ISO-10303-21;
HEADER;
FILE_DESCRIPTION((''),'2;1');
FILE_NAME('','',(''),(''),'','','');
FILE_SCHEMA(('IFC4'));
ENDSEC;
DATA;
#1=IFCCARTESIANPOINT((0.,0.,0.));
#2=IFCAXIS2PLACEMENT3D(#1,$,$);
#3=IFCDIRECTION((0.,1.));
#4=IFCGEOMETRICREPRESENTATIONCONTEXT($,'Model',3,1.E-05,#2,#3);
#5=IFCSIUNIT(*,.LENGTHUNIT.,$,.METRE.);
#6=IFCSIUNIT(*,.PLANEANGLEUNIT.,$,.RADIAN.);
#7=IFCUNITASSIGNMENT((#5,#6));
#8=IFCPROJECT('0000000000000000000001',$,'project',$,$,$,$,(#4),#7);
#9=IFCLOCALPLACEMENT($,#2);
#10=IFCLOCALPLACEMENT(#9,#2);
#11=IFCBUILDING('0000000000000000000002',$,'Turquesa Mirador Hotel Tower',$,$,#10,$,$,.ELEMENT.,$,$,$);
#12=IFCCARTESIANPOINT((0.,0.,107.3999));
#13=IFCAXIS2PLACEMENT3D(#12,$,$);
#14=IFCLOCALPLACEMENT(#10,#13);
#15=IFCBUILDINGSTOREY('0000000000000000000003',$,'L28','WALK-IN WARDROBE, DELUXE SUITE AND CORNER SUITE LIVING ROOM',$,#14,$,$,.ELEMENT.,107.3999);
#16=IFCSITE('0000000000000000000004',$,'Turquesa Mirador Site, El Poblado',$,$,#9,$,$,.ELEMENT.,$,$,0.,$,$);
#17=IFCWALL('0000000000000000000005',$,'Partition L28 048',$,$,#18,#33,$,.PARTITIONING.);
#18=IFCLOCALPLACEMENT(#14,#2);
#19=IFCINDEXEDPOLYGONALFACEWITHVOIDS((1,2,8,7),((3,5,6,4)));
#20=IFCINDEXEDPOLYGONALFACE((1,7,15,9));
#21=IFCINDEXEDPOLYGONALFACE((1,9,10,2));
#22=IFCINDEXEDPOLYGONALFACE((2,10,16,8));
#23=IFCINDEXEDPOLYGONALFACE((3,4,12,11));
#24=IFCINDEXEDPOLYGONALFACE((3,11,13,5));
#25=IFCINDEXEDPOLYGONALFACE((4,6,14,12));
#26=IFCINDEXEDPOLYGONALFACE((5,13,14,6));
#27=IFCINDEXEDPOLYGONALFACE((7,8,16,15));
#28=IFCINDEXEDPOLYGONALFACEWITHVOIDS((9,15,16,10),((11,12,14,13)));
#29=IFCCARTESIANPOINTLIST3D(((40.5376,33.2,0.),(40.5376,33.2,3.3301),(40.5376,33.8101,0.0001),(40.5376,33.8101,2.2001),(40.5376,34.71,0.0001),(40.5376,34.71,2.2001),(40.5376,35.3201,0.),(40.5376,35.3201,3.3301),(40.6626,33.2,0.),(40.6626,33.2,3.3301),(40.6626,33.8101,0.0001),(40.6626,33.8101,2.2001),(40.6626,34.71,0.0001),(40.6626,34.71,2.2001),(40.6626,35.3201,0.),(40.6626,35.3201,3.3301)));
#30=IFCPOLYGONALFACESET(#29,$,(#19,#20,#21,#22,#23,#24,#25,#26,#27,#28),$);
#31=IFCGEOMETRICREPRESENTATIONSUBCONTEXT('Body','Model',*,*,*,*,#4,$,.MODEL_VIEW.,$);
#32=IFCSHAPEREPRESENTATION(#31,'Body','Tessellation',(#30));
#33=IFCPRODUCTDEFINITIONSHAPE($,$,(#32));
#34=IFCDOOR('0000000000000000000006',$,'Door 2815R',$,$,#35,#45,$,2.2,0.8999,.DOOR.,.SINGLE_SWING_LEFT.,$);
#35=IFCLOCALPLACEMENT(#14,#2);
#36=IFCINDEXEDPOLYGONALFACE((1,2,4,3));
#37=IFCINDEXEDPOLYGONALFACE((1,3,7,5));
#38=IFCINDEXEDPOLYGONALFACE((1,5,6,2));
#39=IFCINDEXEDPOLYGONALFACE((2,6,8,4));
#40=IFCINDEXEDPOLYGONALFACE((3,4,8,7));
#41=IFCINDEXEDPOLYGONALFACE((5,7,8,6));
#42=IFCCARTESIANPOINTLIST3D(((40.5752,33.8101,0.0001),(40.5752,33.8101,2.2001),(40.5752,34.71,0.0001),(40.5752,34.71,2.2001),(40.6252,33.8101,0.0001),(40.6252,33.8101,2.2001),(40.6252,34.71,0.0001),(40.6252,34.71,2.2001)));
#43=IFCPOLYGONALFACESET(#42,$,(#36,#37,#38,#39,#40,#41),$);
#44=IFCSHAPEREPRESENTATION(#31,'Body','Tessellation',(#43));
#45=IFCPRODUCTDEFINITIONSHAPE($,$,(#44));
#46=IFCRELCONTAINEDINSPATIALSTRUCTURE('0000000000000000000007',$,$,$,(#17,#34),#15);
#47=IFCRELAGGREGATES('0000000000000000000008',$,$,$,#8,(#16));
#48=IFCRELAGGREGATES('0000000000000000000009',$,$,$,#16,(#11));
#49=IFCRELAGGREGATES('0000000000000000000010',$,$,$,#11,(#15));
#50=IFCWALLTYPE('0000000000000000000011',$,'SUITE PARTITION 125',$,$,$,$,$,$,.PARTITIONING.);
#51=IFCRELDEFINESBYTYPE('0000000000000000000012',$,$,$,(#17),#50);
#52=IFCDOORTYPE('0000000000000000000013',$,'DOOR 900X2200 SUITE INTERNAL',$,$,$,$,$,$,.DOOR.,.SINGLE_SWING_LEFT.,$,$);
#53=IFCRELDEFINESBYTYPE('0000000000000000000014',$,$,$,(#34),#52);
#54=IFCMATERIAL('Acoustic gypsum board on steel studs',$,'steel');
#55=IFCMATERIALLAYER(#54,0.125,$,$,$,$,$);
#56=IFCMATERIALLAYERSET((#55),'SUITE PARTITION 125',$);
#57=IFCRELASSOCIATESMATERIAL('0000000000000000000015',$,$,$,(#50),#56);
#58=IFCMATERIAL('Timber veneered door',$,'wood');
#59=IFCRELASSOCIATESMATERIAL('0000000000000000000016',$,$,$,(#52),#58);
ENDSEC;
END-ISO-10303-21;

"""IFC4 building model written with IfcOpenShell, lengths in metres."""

from ifc_helpers import new_model, si_unit, direction, frame, frame_2d, origin, place, context, subcontext, project, spatial, rectangle, extrude, material, layer, layer_set, type_object, element, fill, save


model = new_model("IFC4")

# Units and contexts
model_context = context("Model", 3, precision=1e-05, world=origin(), true_north=direction((0.0, 1.0)))
body_context = subcontext(model_context, "Body", "Model", "MODEL_VIEW")
ifc_project = project(units=[si_unit("LENGTHUNIT", "METRE"), si_unit("PLANEANGLEUNIT", "RADIAN")], contexts=[model_context])

# Site, building, storey
site_placement = place(None, origin())
site = spatial("IfcSite", under=ifc_project, at=site_placement, Name="Turquesa Mirador Site, El Poblado", CompositionType="ELEMENT", RefElevation=0.0)
building_placement = place(site_placement, origin())
building = spatial("IfcBuilding", under=site, at=building_placement, Name="Turquesa Mirador Hotel Tower", CompositionType="ELEMENT")
storey_placement = place(building_placement, frame((0.0, 0.0, 107.3999)))
storey = spatial("IfcBuildingStorey", under=building, at=storey_placement, Name="L28", Description="WALK-IN WARDROBE, DELUXE SUITE AND CORNER SUITE LIVING ROOM", CompositionType="ELEMENT", Elevation=107.3999)

# Wall, opening, door
ifc_material_1 = material(Name="Acoustic gypsum board on steel studs", Category="steel")
ifc_layer_1 = layer(ifc_material_1, 0.125)
ifc_layer_set_1 = layer_set([ifc_layer_1], Name="SUITE PARTITION 125")
wall_type_1 = type_object("IfcWallType", Name="SUITE PARTITION 125", PredefinedType="PARTITIONING", material=ifc_layer_set_1)
wall_1_placement = place(storey_placement, frame((40.6001, 33.2, 0.0), z_axis=(0.0, 0.0, 1.0), x_axis=(0.0, 1.0, 0.0)))
wall_1 = element("IfcWall", 1, at=wall_1_placement, inside=storey, type_object=wall_type_1, Name="Partition L28 048", PredefinedType="PARTITIONING", context=body_context, shape_type="SweptSolid", body=[
    extrude(rectangle(XDim=2.1201, YDim=0.125, at=frame_2d((1.0601, 0.0))), origin(), (0.0, 0.0, 1.0), 3.3301),
])
opening_1_placement = place(wall_1_placement, frame((0.6101, 0.0, 0.0)))
opening_1 = element("IfcOpeningElement", 2, at=opening_1_placement, cuts=wall_1, PredefinedType="OPENING", context=body_context, shape_type="SweptSolid", body=[
    extrude(rectangle(XDim=0.8999, YDim=2.2, at=frame_2d((0.45, 1.1001))), frame((0.0, 0.0725, 0.0), z_axis=(0.0, -1.0, 0.0), x_axis=(1.0, 0.0, 0.0)), (0.0, 0.0, 1.0), 0.145),
])
ifc_material_2 = material(Name="Timber veneered door", Category="wood")
door_type_1 = type_object("IfcDoorType", Name="DOOR 900X2200 SUITE INTERNAL", OperationType="SINGLE_SWING_LEFT", PredefinedType="DOOR", material=ifc_material_2)
door_1_placement = place(opening_1_placement, origin())
door_1 = element("IfcDoor", 3, at=door_1_placement, inside=storey, type_object=door_type_1, Name="Door 2815R", OperationType="SINGLE_SWING_LEFT", OverallHeight=2.2, OverallWidth=0.8999, PredefinedType="DOOR", context=body_context, shape_type="SweptSolid", body=[
    extrude(rectangle(XDim=0.8999, YDim=2.2, at=frame_2d((0.45, 1.1001))), frame((0.0, 0.0249, 0.0), z_axis=(0.0, -1.0, 0.0), x_axis=(1.0, 0.0, 0.0)), (0.0, 0.0, 1.0), 0.05),
])
fill(opening_1, door_1)

save(model, "model.ifc")
